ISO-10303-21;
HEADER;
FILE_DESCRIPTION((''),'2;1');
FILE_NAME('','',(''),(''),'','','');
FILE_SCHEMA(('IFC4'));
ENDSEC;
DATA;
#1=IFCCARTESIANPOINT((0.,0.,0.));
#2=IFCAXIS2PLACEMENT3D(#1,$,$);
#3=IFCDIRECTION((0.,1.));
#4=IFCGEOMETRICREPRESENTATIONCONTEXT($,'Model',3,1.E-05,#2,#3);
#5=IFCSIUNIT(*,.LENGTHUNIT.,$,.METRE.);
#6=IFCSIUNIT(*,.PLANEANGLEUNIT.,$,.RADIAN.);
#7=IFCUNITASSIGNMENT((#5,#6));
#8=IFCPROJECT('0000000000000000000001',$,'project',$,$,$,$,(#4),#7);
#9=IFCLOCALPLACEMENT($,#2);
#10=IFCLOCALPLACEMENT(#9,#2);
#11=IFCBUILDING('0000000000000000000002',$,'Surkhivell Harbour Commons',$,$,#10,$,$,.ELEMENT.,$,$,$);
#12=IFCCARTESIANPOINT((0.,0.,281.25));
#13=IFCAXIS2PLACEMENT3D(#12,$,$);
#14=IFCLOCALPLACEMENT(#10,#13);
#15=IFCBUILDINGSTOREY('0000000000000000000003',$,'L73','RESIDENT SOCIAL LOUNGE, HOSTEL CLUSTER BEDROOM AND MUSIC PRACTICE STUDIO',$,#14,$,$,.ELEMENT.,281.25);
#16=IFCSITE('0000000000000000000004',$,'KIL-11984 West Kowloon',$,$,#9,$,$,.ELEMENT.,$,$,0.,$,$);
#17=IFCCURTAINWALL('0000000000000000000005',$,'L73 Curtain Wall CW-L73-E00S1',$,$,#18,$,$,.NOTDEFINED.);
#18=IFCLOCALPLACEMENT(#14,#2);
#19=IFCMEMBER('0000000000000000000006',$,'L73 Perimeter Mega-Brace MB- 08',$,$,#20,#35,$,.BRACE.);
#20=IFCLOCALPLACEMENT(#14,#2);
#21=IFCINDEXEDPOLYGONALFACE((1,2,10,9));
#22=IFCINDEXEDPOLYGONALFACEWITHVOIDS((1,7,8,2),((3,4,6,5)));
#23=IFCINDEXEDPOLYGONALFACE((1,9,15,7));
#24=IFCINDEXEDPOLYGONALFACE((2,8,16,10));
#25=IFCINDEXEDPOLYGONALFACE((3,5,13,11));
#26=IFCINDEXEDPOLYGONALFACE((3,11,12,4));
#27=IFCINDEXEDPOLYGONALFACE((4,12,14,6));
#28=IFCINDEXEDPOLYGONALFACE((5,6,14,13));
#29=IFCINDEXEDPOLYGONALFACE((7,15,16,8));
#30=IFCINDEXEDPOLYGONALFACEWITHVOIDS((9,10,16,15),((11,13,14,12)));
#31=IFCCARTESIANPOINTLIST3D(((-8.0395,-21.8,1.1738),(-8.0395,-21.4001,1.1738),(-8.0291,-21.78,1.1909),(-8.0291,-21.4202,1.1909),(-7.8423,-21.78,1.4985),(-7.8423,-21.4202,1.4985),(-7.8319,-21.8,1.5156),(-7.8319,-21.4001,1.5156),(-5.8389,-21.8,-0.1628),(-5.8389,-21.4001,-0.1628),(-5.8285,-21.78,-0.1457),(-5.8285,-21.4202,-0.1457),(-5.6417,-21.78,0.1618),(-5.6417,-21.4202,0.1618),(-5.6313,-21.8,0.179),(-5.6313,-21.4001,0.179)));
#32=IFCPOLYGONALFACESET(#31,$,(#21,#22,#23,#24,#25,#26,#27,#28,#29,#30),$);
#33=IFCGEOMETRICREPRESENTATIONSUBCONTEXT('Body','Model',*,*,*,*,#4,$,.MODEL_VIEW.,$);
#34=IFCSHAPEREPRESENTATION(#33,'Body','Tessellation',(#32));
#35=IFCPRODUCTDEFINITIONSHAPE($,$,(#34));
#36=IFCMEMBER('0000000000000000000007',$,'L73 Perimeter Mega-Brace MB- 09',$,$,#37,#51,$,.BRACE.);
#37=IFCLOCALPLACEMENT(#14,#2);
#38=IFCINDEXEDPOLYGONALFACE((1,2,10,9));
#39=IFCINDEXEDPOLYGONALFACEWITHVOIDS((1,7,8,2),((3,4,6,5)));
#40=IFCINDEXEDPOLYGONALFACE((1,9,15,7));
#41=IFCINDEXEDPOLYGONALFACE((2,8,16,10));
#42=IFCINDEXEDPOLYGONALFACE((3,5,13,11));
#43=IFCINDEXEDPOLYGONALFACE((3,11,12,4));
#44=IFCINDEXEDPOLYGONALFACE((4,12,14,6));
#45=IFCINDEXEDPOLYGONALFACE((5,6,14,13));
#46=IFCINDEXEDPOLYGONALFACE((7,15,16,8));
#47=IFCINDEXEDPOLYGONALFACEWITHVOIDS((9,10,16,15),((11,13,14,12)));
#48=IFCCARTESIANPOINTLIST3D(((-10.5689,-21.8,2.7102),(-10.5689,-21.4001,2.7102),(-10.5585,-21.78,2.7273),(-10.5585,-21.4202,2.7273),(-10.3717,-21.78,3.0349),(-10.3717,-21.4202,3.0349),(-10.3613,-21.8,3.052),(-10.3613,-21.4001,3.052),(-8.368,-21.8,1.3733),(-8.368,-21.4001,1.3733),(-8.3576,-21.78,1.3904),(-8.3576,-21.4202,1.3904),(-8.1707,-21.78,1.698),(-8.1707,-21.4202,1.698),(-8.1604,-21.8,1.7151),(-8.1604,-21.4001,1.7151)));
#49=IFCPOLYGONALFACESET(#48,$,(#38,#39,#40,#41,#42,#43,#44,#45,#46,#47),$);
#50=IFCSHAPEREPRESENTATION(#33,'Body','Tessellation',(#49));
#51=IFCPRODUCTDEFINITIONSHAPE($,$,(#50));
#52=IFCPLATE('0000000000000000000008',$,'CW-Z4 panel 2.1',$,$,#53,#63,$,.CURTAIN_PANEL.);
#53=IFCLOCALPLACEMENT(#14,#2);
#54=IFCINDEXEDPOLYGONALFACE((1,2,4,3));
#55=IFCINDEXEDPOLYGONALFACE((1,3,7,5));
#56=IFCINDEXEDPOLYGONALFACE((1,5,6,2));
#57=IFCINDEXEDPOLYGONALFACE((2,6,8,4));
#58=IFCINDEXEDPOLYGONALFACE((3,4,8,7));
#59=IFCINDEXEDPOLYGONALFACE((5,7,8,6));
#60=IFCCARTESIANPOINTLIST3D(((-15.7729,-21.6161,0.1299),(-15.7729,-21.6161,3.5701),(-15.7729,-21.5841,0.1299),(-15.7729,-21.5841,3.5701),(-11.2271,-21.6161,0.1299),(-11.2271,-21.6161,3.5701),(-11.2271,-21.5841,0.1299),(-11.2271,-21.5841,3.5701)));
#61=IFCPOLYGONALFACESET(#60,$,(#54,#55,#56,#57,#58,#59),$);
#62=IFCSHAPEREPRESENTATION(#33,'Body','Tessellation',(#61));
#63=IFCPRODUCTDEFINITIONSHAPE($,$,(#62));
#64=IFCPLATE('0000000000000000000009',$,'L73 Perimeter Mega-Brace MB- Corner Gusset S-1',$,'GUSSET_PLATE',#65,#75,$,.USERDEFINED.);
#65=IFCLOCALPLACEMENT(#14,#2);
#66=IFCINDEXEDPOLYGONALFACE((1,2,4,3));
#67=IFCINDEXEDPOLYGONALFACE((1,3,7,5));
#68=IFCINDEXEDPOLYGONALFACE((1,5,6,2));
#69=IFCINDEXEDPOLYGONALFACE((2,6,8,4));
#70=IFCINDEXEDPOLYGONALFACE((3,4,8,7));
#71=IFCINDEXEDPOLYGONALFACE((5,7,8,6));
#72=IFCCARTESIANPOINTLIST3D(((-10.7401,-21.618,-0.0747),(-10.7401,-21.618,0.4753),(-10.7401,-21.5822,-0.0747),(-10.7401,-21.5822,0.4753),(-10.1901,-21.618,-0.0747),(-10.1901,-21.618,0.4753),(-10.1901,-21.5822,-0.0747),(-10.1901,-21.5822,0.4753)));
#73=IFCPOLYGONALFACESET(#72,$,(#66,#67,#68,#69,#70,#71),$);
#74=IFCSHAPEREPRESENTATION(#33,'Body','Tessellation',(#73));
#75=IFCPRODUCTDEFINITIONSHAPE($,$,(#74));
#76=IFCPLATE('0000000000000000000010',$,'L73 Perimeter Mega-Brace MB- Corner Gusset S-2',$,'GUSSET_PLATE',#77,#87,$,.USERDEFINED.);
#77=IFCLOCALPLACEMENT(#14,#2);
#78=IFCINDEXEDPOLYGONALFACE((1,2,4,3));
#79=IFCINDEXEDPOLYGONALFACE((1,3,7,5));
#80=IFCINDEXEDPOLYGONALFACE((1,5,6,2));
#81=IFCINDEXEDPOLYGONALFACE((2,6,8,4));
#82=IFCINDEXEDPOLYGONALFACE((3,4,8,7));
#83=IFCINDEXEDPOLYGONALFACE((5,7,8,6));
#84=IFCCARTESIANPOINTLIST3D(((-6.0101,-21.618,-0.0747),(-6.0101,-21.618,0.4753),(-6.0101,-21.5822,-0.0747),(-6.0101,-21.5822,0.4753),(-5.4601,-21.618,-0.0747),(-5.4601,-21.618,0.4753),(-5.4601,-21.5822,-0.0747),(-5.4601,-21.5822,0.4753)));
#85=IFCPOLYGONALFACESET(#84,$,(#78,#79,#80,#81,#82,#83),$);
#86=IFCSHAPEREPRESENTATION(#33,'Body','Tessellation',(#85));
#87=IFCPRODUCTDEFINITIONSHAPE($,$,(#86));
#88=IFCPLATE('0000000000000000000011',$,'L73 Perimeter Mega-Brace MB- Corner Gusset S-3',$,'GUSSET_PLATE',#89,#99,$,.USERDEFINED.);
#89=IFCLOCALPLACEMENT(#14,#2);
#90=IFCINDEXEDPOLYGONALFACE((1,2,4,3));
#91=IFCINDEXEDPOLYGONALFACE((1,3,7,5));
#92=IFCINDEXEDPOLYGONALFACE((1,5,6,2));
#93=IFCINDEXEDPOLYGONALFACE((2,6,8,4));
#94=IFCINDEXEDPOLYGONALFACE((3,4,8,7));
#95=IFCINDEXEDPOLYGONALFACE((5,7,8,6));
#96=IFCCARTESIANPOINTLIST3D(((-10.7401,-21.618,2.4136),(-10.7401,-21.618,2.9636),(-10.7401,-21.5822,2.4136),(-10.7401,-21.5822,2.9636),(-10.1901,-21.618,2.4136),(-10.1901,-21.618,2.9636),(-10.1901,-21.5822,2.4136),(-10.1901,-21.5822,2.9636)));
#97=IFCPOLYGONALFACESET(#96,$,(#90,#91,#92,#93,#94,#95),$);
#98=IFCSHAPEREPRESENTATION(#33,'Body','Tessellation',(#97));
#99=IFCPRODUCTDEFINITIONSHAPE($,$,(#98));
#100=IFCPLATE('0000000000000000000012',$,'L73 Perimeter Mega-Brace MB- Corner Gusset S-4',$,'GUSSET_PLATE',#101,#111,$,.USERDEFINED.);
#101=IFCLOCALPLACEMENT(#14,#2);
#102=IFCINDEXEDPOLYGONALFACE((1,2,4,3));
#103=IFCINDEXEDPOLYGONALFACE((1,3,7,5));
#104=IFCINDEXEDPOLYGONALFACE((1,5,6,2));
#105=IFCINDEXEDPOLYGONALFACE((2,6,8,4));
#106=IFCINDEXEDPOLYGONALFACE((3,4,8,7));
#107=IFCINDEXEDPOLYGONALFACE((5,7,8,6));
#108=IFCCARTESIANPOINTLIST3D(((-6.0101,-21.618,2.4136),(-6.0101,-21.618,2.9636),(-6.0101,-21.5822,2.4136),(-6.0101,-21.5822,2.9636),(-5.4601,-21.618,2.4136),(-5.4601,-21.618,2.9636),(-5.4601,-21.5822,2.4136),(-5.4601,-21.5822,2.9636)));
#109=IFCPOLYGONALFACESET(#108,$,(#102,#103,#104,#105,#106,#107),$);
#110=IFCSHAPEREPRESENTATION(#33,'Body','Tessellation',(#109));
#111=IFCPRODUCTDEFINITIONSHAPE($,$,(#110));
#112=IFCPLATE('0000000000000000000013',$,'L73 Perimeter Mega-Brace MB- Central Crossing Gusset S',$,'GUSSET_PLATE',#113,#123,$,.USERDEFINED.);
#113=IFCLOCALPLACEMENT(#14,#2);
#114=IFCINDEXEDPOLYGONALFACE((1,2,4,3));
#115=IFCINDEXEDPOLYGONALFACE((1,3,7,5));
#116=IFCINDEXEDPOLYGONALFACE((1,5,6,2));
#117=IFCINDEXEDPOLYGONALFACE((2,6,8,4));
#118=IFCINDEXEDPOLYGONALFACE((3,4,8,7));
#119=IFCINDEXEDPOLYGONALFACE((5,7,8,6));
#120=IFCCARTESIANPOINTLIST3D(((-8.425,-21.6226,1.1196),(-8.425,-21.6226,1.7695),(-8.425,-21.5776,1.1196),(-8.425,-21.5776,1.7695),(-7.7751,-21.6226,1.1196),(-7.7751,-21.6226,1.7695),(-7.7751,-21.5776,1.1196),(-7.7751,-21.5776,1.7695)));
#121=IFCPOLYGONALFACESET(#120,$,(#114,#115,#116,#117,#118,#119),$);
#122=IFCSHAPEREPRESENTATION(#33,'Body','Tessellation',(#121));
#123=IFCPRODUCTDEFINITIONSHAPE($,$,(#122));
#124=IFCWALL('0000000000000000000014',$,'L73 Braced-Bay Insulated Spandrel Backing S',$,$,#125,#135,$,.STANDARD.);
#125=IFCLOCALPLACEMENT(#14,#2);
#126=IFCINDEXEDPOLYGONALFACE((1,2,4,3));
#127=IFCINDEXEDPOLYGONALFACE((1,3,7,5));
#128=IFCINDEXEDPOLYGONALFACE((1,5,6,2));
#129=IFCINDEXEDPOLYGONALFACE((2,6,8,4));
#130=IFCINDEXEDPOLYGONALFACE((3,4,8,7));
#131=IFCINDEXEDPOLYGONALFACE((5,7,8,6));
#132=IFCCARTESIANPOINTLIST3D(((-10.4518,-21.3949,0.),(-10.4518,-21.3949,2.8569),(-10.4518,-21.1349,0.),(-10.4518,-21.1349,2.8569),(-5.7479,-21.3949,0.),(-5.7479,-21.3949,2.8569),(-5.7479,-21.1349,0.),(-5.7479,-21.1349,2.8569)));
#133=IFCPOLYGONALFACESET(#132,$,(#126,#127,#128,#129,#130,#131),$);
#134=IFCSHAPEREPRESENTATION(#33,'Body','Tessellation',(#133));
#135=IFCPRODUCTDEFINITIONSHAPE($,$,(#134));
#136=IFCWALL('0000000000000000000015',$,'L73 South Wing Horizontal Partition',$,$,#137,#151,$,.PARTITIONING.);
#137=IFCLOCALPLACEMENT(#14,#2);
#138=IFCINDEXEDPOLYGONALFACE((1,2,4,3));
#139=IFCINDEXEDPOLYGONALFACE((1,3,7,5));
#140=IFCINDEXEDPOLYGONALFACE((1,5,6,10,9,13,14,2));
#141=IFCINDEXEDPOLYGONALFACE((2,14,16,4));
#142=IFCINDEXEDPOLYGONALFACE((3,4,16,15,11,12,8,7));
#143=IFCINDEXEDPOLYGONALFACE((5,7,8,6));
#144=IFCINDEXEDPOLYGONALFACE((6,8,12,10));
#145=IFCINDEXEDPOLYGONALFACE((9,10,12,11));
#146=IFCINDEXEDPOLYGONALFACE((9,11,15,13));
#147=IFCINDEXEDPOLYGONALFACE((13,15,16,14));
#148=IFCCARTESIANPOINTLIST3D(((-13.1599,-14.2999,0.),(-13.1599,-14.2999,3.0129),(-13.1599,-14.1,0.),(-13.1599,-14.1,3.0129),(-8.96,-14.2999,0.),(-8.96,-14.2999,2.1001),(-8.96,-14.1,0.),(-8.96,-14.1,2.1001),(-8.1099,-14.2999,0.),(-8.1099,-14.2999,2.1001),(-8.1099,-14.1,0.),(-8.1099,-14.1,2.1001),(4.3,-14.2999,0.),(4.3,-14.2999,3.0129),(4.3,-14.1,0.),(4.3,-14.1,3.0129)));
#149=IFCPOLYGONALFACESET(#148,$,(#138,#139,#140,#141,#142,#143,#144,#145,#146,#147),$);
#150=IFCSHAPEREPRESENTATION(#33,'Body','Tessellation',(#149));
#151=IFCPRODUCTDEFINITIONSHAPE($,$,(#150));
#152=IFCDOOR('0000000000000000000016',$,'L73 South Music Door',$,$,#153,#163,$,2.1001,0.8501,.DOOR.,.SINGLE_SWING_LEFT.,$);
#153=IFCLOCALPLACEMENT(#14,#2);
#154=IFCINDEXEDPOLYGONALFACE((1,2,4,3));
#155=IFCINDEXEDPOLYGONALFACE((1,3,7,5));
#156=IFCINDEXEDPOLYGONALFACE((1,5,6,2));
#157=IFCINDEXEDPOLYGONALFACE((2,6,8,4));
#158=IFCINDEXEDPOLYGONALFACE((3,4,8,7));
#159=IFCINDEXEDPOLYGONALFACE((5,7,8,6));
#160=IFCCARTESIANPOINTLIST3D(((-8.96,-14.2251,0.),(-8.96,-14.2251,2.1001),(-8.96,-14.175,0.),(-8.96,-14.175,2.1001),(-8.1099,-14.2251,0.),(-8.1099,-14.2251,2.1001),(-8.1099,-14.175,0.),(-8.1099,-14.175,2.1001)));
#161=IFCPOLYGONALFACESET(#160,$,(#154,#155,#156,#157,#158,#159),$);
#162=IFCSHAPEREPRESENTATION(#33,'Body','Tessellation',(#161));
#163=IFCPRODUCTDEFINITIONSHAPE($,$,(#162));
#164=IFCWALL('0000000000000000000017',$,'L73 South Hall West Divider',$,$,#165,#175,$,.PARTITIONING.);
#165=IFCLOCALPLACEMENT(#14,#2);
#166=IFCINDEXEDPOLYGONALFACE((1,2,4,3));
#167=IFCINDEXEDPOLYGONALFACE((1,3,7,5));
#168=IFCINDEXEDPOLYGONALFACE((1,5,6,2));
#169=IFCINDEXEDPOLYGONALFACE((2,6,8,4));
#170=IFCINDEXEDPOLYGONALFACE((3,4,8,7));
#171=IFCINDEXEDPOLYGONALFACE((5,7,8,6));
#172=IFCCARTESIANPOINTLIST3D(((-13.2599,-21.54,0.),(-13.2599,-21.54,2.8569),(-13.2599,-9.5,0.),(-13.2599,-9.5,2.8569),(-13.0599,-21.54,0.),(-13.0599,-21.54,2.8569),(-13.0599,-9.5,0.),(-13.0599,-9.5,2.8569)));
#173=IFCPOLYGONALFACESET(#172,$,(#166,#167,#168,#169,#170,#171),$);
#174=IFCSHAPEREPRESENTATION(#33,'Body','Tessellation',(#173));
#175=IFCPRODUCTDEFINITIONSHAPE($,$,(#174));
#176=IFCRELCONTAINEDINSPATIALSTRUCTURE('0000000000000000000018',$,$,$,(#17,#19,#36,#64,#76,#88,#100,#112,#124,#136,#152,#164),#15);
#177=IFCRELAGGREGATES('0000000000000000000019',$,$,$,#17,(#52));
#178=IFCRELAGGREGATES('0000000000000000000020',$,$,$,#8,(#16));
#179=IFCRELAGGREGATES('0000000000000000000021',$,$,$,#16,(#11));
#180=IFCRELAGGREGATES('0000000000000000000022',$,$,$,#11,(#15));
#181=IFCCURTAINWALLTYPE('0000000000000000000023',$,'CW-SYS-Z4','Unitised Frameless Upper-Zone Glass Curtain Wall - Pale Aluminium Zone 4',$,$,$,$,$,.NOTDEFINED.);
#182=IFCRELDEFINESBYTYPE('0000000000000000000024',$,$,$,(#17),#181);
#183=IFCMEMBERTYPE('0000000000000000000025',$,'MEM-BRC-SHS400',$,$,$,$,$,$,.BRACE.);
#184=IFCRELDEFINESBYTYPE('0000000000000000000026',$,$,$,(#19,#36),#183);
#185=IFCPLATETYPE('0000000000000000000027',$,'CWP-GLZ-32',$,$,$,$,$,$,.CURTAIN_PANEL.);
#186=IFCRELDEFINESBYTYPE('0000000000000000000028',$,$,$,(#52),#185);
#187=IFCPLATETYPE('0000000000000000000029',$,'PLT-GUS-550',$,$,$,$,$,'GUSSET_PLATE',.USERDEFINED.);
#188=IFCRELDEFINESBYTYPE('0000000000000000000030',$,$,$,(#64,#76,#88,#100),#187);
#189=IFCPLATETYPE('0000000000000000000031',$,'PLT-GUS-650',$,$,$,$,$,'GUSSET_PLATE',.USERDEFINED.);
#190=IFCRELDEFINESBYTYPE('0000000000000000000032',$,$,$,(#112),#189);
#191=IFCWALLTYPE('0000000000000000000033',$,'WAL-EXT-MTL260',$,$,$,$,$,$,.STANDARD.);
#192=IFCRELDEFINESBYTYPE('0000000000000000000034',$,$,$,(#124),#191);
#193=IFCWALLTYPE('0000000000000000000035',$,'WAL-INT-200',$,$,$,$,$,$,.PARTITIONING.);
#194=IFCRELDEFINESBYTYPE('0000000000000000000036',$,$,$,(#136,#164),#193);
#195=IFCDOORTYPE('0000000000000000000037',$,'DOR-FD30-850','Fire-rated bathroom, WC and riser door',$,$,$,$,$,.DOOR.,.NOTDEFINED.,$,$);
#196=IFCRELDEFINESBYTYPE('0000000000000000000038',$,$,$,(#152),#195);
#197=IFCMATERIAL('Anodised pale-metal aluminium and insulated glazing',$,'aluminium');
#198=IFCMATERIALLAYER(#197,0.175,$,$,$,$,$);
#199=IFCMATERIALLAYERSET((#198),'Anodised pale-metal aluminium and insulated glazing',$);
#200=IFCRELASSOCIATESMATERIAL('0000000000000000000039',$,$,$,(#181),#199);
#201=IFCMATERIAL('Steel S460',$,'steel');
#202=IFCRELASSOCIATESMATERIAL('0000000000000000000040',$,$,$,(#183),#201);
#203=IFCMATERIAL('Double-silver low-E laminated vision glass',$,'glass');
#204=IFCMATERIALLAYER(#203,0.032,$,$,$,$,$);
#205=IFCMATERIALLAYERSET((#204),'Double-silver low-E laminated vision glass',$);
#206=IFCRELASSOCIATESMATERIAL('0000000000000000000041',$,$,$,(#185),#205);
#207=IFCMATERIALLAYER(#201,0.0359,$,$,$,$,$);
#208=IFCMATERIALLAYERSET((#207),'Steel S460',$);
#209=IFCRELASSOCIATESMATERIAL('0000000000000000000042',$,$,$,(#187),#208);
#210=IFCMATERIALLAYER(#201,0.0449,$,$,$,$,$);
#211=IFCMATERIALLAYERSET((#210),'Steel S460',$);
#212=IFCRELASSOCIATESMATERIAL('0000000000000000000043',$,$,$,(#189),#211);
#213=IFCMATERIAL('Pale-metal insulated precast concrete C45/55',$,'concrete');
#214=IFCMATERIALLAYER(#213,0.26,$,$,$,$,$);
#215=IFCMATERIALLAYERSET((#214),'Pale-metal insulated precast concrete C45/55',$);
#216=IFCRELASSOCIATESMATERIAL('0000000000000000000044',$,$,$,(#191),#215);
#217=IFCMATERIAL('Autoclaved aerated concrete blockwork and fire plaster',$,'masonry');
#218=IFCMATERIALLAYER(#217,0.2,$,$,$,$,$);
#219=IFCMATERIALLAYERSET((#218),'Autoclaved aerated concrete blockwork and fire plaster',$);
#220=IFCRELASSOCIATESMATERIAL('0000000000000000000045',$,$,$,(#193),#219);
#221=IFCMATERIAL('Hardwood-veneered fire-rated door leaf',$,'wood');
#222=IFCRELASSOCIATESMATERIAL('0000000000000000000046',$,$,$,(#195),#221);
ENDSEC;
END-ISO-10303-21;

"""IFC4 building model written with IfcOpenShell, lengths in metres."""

from ifc_helpers import new_model, si_unit, direction, frame, frame_2d, origin, origin_2d, place, context, subcontext, project, spatial, rectangle, hollow_rectangle, extrude, material, layer, layer_set, material_profile, profile_set, type_object, element, fill, aggregate, save


model = new_model("IFC4")

# Units and contexts
model_context = context("Model", 3, precision=1e-05, world=origin(), true_north=direction((0.0, 1.0)))
body_context = subcontext(model_context, "Body", "Model", "MODEL_VIEW")
ifc_project = project(units=[si_unit("LENGTHUNIT", "METRE"), si_unit("PLANEANGLEUNIT", "RADIAN")], contexts=[model_context])

# Site, building, storey
site_placement = place(None, origin())
site = spatial("IfcSite", under=ifc_project, at=site_placement, Name="KIL-11984 West Kowloon", CompositionType="ELEMENT", RefElevation=0.0)
building_placement = place(site_placement, origin())
building = spatial("IfcBuilding", under=site, at=building_placement, Name="Surkhivell Harbour Commons", CompositionType="ELEMENT")
storey_placement = place(building_placement, frame((0.0, 0.0, 281.25)))
storey = spatial("IfcBuildingStorey", under=building, at=storey_placement, Name="L73", Description="RESIDENT SOCIAL LOUNGE, HOSTEL CLUSTER BEDROOM AND MUSIC PRACTICE STUDIO", CompositionType="ELEMENT", Elevation=281.25)

# Curtain wall
ifc_material_1 = material(Name="Anodised pale-metal aluminium and insulated glazing", Category="aluminium")
ifc_layer_1 = layer(ifc_material_1, 0.175)
ifc_layer_set_1 = layer_set([ifc_layer_1], Name="Anodised pale-metal aluminium and insulated glazing")
curtain_wall_type = type_object("IfcCurtainWallType", Name="CW-SYS-Z4", Description="Unitised Frameless Upper-Zone Glass Curtain Wall - Pale Aluminium Zone 4", PredefinedType="NOTDEFINED", material=ifc_layer_set_1)
curtain_wall_placement = place(storey_placement, origin())
curtain_wall = element("IfcCurtainWall", 1, at=curtain_wall_placement, inside=storey, type_object=curtain_wall_type, Name="L73 Curtain Wall CW-L73-E00S1", PredefinedType="NOTDEFINED")

# Members
ifc_material_2 = material(Name="Steel S460", Category="steel")
ifc_material_profile_1 = material_profile(ifc_material_2, hollow_rectangle(XDim=0.3999, YDim=0.3999, WallThickness=0.02, at=origin_2d()), Name="SHS400x400x20")
ifc_profile_set_1 = profile_set([ifc_material_profile_1], Name="Steel S460")
member_type_1 = type_object("IfcMemberType", Name="MEM-BRC-SHS400", PredefinedType="BRACE", material=ifc_profile_set_1)
member_1_placement = place(storey_placement, frame((-5.7351, -21.6001, 0.0081), z_axis=(-0.854694, 0.0, 0.519132), x_axis=(0.0, -1.0, 0.0)))
element("IfcMember", 2, at=member_1_placement, inside=storey, type_object=member_type_1, Name="L73 Perimeter Mega-Brace MB- 08", PredefinedType="BRACE", context=body_context, shape_type="SweptSolid", body=[
    extrude(hollow_rectangle(XDim=0.3999, YDim=0.3999, WallThickness=0.02, at=origin_2d()), origin(), (0.0, 0.0, 1.0), 2.5747),
])
member_2_placement = place(storey_placement, frame((-8.2642, -21.6001, 1.5442), z_axis=(-0.854678, 0.0, 0.519159), x_axis=(0.0, -1.0, 0.0)))
element("IfcMember", 3, at=member_2_placement, inside=storey, type_object=member_type_1, Name="L73 Perimeter Mega-Brace MB- 09", PredefinedType="BRACE", context=body_context, shape_type="SweptSolid", body=[
    extrude(hollow_rectangle(XDim=0.3999, YDim=0.3999, WallThickness=0.02, at=origin_2d()), origin(), (0.0, 0.0, 1.0), 2.5752),
])

# Plate
ifc_material_3 = material(Name="Double-silver low-E laminated vision glass", Category="glass")
ifc_layer_2 = layer(ifc_material_3, 0.032)
ifc_layer_set_2 = layer_set([ifc_layer_2], Name="Double-silver low-E laminated vision glass")
plate_type_1 = type_object("IfcPlateType", Name="CWP-GLZ-32", PredefinedType="CURTAIN_PANEL", material=ifc_layer_set_2)
plate_1_placement = place(storey_placement, frame((-15.7729, -21.6001, 0.1299), z_axis=(0.0, 0.0, 1.0), x_axis=(1.0, 0.0, 0.0)))
plate_1 = element("IfcPlate", 4, at=plate_1_placement, type_object=plate_type_1, Name="CW-Z4 panel 2.1", PredefinedType="CURTAIN_PANEL", context=body_context, shape_type="SweptSolid", body=[
    extrude(rectangle(XDim=4.5459, YDim=0.032, at=frame_2d((2.2729, 0.0))), origin(), (0.0, 0.0, 1.0), 3.4402),
])
aggregate(curtain_wall, [plate_1])

# Plates
ifc_layer_3 = layer(ifc_material_2, 0.0359)
ifc_layer_set_3 = layer_set([ifc_layer_3], Name="Steel S460")
plate_type_2 = type_object("IfcPlateType", Name="PLT-GUS-550", ElementType="GUSSET_PLATE", PredefinedType="USERDEFINED", material=ifc_layer_set_3)
for number, where, z_axis, x_axis, name in (
    (5, (-10.4651, -21.6001, -0.0747), (0.0, 0.0, 1.0), (1.0, 0.0, 0.0), "L73 Perimeter Mega-Brace MB- Corner Gusset S-1"),
    (6, (-5.7351, -21.6001, -0.0747), (0.0, 0.0, 1.0), (1.0, 0.0, 0.0), "L73 Perimeter Mega-Brace MB- Corner Gusset S-2"),
    (7, (-10.4651, -21.6001, 2.4136), (0.0, 0.0, 1.0), (1.0, 0.0, 0.0), "L73 Perimeter Mega-Brace MB- Corner Gusset S-3"),
    (8, (-5.7351, -21.6001, 2.4136), (0.0, 0.0, 1.0), (1.0, 0.0, 0.0), "L73 Perimeter Mega-Brace MB- Corner Gusset S-4"),
):
    element("IfcPlate", number, at=place(storey_placement, frame(where, z_axis=z_axis, x_axis=x_axis)), inside=storey, type_object=plate_type_2, Name=name, ObjectType="GUSSET_PLATE", PredefinedType="USERDEFINED", context=body_context, shape_type="SweptSolid", body=[
        extrude(rectangle(XDim=0.55, YDim=0.0359, at=origin_2d()), origin(), (0.0, 0.0, 1.0), 0.55),
    ])
ifc_layer_4 = layer(ifc_material_2, 0.0449)
ifc_layer_set_4 = layer_set([ifc_layer_4], Name="Steel S460")
plate_type_3 = type_object("IfcPlateType", Name="PLT-GUS-650", ElementType="GUSSET_PLATE", PredefinedType="USERDEFINED", material=ifc_layer_set_4)
plate_2_placement = place(storey_placement, frame((-8.1001, -21.6001, 1.1196), z_axis=(0.0, 0.0, 1.0), x_axis=(1.0, 0.0, 0.0)))
element("IfcPlate", 9, at=plate_2_placement, inside=storey, type_object=plate_type_3, Name="L73 Perimeter Mega-Brace MB- Central Crossing Gusset S", ObjectType="GUSSET_PLATE", PredefinedType="USERDEFINED", context=body_context, shape_type="SweptSolid", body=[
    extrude(rectangle(XDim=0.6499, YDim=0.0449, at=origin_2d()), origin(), (0.0, 0.0, 1.0), 0.6499),
])

# Wall
ifc_material_4 = material(Name="Pale-metal insulated precast concrete C45/55", Category="concrete")
ifc_layer_5 = layer(ifc_material_4, 0.26)
ifc_layer_set_5 = layer_set([ifc_layer_5], Name="Pale-metal insulated precast concrete C45/55")
wall_type_1 = type_object("IfcWallType", Name="WAL-EXT-MTL260", PredefinedType="STANDARD", material=ifc_layer_set_5)
wall_1_placement = place(storey_placement, frame((-10.4519, -21.2649, 0.0), z_axis=(0.0, 0.0, 1.0), x_axis=(1.0, 0.0, 0.0)))
element("IfcWall", 10, at=wall_1_placement, inside=storey, type_object=wall_type_1, Name="L73 Braced-Bay Insulated Spandrel Backing S", PredefinedType="STANDARD", context=body_context, shape_type="SweptSolid", body=[
    extrude(rectangle(XDim=4.7039, YDim=0.26, at=frame_2d((2.3521, 0.0))), origin(), (0.0, 0.0, 1.0), 2.8569),
])

# Wall, opening, door
ifc_material_5 = material(Name="Autoclaved aerated concrete blockwork and fire plaster", Category="masonry")
ifc_layer_6 = layer(ifc_material_5, 0.2)
ifc_layer_set_6 = layer_set([ifc_layer_6], Name="Autoclaved aerated concrete blockwork and fire plaster")
wall_type_2 = type_object("IfcWallType", Name="WAL-INT-200", PredefinedType="PARTITIONING", material=ifc_layer_set_6)
wall_2_placement = place(storey_placement, frame((-13.1599, -14.2, 0.0), z_axis=(0.0, 0.0, 1.0), x_axis=(1.0, 0.0, 0.0)))
wall_2 = element("IfcWall", 11, at=wall_2_placement, inside=storey, type_object=wall_type_2, Name="L73 South Wing Horizontal Partition", PredefinedType="PARTITIONING", context=body_context, shape_type="SweptSolid", body=[
    extrude(rectangle(XDim=17.46, YDim=0.2, at=frame_2d((8.73, 0.0))), origin(), (0.0, 0.0, 1.0), 3.0129),
])
opening_placement = place(wall_2_placement, frame((4.2, 0.0, 0.0)))
opening = element("IfcOpeningElement", 12, at=opening_placement, cuts=wall_2, PredefinedType="OPENING", context=body_context, shape_type="SweptSolid", body=[
    extrude(rectangle(XDim=0.8501, YDim=2.1001, at=frame_2d((0.425, 1.05))), frame((0.0, 0.1099, 0.0), z_axis=(0.0, -1.0, 0.0), x_axis=(1.0, 0.0, 0.0)), (0.0, 0.0, 1.0), 0.22),
])
ifc_material_6 = material(Name="Hardwood-veneered fire-rated door leaf", Category="wood")
door_type = type_object("IfcDoorType", Name="DOR-FD30-850", Description="Fire-rated bathroom, WC and riser door", OperationType="NOTDEFINED", PredefinedType="DOOR", material=ifc_material_6)
door_placement = place(opening_placement, origin())
door = element("IfcDoor", 13, at=door_placement, inside=storey, type_object=door_type, Name="L73 South Music Door", OperationType="SINGLE_SWING_LEFT", OverallHeight=2.1001, OverallWidth=0.8501, PredefinedType="DOOR", context=body_context, shape_type="SweptSolid", body=[
    extrude(rectangle(XDim=0.8501, YDim=2.1001, at=frame_2d((0.425, 1.05))), frame((0.0, 0.0249, 0.0), z_axis=(0.0, -1.0, 0.0), x_axis=(1.0, 0.0, 0.0)), (0.0, 0.0, 1.0), 0.05),
])
fill(opening, door)

# Wall
wall_3_placement = place(storey_placement, frame((-13.1599, -21.54, 0.0), z_axis=(0.0, 0.0, 1.0), x_axis=(0.0, 1.0, 0.0)))
element("IfcWall", 14, at=wall_3_placement, inside=storey, type_object=wall_type_2, Name="L73 South Hall West Divider", PredefinedType="PARTITIONING", context=body_context, shape_type="SweptSolid", body=[
    extrude(rectangle(XDim=12.04, YDim=0.2, at=frame_2d((6.02, 0.0))), origin(), (0.0, 0.0, 1.0), 2.8569),
])

save(model, "model.ifc")
